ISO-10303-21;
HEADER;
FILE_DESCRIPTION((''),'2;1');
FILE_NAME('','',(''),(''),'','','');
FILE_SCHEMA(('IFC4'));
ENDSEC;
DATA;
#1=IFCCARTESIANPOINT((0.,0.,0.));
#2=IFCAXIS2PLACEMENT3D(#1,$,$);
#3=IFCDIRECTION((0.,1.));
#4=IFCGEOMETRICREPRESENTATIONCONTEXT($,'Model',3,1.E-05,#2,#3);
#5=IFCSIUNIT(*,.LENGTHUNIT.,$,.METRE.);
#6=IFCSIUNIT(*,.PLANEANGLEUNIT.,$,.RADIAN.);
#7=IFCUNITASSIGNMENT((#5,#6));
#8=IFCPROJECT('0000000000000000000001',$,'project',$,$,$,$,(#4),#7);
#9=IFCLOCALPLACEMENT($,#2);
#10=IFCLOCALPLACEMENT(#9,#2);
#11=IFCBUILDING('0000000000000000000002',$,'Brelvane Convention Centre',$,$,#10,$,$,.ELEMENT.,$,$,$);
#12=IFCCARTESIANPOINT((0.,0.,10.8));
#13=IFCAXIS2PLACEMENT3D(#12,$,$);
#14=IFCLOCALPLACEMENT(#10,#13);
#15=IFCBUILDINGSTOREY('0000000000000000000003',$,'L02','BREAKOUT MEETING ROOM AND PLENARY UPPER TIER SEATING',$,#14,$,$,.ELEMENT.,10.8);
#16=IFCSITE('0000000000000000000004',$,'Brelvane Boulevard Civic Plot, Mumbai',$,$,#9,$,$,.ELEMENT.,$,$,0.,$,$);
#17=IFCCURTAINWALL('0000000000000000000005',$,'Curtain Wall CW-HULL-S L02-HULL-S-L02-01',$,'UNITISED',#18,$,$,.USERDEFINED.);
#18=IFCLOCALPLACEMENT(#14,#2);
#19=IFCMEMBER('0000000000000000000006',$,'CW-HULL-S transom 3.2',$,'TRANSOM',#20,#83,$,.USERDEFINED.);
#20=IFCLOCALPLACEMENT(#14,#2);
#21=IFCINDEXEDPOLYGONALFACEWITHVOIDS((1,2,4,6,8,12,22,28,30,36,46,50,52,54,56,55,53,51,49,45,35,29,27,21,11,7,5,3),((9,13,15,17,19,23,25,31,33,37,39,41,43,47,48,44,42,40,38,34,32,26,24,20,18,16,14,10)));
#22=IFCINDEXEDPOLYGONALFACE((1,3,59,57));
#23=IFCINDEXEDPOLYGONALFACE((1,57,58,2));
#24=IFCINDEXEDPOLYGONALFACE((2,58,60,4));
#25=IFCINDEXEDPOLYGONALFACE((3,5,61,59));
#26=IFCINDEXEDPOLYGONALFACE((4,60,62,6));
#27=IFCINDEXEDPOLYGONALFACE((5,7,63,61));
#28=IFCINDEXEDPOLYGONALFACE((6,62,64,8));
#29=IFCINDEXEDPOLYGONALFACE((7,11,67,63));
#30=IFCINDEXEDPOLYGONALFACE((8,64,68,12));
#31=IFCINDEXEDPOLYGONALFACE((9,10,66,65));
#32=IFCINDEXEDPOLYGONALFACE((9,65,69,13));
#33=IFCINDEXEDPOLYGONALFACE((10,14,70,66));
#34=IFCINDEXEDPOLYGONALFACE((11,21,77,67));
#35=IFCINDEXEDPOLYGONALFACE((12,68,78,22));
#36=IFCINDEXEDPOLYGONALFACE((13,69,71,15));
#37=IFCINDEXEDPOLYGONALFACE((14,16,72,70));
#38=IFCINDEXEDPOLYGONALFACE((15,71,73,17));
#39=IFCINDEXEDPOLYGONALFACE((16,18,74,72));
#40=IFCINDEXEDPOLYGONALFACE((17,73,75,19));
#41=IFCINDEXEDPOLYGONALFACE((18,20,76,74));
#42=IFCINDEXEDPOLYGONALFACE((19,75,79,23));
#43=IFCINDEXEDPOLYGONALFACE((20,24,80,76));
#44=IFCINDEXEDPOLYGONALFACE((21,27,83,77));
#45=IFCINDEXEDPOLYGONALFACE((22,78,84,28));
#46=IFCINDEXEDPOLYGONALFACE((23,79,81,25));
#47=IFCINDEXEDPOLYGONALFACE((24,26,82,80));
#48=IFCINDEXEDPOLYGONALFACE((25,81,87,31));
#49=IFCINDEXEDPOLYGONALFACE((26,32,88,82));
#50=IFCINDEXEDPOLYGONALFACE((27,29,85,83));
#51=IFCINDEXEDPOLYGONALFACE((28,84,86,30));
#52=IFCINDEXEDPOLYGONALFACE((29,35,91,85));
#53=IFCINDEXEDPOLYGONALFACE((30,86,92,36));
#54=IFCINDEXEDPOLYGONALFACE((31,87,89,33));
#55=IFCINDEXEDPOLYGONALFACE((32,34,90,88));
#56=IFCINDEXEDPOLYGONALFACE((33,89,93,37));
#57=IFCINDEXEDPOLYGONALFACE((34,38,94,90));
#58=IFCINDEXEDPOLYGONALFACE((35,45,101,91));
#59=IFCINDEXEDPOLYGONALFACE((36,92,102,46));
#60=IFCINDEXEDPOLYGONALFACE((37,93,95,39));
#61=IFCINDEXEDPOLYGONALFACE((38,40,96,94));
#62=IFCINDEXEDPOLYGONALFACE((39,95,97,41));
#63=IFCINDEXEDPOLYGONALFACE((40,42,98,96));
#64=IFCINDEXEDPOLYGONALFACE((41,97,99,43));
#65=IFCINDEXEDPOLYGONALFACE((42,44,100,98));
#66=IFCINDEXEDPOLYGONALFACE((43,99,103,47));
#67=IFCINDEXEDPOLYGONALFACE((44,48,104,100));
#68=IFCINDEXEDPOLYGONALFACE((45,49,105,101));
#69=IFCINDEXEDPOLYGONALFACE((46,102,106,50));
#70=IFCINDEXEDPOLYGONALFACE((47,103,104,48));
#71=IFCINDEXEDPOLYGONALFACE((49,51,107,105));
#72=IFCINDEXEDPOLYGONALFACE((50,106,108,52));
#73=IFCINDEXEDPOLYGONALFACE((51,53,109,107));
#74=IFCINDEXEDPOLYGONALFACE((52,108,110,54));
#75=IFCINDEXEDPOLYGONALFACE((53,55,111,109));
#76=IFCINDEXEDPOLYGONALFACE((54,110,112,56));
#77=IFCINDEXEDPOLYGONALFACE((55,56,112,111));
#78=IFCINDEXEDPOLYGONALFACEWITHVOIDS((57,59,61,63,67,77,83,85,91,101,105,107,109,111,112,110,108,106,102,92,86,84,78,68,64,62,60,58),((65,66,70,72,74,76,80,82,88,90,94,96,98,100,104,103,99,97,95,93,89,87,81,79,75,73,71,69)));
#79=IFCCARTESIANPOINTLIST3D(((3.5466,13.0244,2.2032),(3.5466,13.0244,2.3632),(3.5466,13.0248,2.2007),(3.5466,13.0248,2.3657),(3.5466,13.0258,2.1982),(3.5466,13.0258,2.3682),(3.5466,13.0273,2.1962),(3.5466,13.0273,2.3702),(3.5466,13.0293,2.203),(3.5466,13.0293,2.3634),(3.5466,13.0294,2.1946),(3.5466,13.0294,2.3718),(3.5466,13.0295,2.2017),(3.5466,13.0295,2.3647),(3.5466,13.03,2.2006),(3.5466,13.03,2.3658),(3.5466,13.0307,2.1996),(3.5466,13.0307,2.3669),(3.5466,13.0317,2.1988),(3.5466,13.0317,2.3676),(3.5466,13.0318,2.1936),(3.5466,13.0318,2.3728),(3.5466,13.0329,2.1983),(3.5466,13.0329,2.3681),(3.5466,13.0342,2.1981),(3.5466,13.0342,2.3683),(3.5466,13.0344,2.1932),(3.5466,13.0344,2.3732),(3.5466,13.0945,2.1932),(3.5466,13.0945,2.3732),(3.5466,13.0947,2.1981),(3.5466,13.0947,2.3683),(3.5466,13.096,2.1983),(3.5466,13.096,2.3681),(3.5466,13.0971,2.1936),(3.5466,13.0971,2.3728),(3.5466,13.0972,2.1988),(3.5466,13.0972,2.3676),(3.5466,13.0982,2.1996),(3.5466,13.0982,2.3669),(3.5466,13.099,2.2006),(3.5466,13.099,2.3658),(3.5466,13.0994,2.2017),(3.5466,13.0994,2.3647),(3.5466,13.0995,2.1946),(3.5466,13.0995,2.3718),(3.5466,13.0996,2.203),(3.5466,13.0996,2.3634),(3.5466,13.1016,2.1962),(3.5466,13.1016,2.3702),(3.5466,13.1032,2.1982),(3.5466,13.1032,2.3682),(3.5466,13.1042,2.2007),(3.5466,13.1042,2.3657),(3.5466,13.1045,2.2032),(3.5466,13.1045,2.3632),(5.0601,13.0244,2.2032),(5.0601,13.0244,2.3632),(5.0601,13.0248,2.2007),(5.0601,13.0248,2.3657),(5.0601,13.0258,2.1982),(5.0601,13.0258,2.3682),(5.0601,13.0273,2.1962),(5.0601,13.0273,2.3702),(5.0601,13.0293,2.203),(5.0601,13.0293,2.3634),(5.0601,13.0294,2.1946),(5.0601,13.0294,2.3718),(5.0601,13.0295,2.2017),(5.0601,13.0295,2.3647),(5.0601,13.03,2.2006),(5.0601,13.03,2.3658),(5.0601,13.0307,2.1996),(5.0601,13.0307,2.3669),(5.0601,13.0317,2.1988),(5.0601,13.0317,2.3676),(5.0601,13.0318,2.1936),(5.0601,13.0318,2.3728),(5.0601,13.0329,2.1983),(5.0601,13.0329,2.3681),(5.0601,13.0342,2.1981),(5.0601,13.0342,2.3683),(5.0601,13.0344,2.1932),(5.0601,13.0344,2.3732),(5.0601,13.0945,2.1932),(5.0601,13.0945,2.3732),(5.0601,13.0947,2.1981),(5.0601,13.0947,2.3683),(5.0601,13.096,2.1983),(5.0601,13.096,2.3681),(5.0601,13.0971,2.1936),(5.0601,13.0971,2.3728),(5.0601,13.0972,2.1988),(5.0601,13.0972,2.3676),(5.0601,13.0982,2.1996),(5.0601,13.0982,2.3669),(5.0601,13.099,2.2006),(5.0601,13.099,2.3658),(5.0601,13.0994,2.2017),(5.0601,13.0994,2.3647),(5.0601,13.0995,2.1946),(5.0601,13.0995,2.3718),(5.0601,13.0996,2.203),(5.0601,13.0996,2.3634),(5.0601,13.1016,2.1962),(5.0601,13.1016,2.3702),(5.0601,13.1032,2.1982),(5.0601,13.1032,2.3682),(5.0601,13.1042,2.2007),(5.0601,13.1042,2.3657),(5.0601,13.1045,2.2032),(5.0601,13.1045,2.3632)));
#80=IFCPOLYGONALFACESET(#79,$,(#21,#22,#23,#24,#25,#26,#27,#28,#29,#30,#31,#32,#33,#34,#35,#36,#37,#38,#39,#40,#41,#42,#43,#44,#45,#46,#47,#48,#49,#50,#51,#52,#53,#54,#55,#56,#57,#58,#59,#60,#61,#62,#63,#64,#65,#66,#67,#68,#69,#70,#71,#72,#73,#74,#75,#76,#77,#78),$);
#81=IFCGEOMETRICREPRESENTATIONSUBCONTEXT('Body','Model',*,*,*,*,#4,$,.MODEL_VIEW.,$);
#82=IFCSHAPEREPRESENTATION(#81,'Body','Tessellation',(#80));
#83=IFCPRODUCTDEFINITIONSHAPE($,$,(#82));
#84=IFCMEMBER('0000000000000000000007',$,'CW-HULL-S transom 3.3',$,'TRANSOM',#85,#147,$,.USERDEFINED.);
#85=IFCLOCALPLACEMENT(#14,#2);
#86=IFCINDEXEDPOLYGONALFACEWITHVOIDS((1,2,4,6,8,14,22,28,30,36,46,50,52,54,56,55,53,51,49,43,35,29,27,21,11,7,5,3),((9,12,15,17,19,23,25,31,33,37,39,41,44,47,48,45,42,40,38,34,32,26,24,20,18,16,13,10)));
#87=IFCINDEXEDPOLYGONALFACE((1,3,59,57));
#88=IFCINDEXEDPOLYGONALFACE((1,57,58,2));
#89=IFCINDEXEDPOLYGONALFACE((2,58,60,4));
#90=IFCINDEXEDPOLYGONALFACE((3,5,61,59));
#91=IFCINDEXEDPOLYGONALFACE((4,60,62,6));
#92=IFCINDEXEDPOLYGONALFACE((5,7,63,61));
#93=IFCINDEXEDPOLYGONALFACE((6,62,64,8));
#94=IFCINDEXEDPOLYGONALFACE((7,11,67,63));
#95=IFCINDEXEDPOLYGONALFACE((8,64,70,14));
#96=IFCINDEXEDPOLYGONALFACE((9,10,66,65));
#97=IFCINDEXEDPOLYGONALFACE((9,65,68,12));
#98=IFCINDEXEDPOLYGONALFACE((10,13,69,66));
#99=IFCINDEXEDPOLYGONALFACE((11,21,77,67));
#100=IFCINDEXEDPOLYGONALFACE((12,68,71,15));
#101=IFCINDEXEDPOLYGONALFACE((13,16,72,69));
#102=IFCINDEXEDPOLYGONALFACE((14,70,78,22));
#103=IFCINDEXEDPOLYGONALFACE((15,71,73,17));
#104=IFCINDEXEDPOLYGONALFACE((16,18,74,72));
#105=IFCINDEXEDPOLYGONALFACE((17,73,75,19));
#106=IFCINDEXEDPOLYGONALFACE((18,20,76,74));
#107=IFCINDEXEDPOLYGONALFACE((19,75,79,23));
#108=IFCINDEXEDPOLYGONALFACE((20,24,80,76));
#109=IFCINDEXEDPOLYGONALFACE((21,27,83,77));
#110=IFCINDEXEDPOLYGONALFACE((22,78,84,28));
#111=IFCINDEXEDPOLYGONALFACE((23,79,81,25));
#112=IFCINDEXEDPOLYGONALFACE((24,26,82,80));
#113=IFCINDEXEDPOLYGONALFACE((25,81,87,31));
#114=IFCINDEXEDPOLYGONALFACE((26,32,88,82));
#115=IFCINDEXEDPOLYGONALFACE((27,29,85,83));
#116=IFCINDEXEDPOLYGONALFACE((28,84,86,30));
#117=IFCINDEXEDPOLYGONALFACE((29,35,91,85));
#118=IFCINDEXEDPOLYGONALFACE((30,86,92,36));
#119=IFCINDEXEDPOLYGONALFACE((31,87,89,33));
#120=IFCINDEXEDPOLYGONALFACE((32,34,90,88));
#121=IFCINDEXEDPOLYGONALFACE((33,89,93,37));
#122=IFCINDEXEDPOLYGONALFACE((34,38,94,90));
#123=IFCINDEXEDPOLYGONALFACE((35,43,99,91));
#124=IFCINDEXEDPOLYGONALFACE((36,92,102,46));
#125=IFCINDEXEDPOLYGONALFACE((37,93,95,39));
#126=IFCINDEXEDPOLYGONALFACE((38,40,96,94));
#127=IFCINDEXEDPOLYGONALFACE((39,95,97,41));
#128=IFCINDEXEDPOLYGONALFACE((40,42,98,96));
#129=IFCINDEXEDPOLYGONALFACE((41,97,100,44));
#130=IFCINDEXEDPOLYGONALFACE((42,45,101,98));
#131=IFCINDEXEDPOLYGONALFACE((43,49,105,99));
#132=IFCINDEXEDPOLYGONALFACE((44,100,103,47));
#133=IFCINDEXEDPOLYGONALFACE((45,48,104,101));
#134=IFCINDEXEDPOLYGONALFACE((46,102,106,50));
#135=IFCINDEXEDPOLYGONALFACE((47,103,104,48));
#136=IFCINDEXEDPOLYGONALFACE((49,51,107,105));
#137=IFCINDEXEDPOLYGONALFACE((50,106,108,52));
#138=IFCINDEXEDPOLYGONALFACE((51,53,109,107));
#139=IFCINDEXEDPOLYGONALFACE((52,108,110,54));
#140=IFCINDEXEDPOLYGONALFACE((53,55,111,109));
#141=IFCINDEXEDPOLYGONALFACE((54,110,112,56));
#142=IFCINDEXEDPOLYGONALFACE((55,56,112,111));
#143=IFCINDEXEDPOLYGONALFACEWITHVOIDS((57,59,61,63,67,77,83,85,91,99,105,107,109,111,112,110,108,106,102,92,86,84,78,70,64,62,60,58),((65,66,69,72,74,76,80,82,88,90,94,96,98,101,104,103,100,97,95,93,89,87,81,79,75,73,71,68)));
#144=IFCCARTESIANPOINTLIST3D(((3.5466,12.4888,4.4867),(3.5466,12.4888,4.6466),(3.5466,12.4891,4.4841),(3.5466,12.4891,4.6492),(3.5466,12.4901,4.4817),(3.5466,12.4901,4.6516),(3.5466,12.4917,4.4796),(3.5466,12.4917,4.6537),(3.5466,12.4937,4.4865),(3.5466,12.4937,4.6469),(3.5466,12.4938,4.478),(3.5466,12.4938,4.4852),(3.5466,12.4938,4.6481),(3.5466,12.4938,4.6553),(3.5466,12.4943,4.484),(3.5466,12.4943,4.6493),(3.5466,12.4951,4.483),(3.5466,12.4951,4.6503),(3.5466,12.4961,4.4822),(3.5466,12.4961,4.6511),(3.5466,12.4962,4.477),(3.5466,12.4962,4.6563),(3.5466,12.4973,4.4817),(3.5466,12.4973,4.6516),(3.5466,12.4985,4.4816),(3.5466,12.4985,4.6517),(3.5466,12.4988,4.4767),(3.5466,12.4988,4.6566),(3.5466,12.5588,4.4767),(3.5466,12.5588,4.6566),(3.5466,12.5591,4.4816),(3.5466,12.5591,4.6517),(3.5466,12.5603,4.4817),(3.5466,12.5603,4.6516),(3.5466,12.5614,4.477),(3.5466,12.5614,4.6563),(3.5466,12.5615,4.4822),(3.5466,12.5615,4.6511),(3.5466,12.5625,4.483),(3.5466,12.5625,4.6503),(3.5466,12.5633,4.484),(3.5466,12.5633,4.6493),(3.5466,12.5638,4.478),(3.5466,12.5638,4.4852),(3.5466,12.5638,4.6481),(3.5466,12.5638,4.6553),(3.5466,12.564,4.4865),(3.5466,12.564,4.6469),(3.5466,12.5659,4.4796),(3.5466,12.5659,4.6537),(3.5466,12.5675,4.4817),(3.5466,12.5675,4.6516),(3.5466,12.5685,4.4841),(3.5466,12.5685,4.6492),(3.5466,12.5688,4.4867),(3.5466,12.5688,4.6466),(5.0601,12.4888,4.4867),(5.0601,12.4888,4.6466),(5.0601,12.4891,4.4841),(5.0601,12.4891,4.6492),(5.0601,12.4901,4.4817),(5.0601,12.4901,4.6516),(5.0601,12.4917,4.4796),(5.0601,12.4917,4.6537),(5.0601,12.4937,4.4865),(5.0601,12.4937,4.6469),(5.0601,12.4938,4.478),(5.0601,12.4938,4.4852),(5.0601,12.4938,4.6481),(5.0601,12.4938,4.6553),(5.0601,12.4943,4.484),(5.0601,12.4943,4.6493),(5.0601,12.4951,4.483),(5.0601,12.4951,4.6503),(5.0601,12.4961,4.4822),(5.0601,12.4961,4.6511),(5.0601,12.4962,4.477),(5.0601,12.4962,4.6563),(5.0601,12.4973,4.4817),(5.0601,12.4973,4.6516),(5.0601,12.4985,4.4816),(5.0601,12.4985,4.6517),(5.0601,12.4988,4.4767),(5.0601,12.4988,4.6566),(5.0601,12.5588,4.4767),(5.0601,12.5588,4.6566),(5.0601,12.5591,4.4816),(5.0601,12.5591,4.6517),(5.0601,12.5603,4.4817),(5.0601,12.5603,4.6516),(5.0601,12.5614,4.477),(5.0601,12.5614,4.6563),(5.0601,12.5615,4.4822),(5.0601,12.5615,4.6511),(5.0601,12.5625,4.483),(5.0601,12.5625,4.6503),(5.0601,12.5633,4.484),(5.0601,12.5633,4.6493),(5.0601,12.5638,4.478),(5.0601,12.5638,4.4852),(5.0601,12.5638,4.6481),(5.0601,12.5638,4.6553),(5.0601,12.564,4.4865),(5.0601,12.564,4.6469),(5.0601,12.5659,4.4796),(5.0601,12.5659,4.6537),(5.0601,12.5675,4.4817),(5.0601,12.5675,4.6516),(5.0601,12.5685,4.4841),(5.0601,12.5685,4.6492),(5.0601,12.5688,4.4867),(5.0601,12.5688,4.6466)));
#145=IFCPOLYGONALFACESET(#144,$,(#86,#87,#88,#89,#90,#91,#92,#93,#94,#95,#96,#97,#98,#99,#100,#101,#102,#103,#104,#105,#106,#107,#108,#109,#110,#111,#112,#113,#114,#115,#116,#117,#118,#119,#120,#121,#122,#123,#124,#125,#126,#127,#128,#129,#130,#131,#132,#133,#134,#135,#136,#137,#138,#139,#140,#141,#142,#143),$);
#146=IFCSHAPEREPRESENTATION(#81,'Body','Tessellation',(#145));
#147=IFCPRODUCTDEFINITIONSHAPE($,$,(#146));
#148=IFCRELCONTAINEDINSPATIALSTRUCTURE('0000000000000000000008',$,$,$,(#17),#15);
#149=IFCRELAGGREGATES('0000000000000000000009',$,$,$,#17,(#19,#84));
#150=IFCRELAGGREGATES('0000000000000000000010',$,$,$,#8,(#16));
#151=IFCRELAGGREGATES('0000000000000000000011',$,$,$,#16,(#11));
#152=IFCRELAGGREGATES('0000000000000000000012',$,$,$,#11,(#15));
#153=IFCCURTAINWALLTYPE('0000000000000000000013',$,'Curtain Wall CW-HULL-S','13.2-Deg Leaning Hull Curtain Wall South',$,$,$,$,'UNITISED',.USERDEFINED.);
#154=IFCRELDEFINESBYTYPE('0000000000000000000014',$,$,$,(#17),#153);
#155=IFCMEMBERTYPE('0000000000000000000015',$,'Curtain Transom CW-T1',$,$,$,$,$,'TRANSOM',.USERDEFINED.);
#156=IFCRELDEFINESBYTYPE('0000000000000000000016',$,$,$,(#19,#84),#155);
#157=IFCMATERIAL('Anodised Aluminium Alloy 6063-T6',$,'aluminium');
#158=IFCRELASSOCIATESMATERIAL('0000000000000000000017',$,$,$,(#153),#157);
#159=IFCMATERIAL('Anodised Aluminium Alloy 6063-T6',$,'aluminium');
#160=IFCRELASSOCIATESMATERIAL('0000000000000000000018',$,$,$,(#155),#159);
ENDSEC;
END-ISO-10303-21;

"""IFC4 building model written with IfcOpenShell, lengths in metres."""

from ifc_helpers import new_model, si_unit, direction, frame, origin, origin_2d, place, context, subcontext, project, spatial, hollow_rectangle, extrude, material, material_profile, profile_set, type_object, element, aggregate, save


model = new_model("IFC4")

# Units and contexts
model_context = context("Model", 3, precision=1e-05, world=origin(), true_north=direction((0.0, 1.0)))
body_context = subcontext(model_context, "Body", "Model", "MODEL_VIEW")
ifc_project = project(units=[si_unit("LENGTHUNIT", "METRE"), si_unit("PLANEANGLEUNIT", "RADIAN")], contexts=[model_context])

# Site, building, storey
site_placement = place(None, origin())
site = spatial("IfcSite", under=ifc_project, at=site_placement, Name="Brelvane Boulevard Civic Plot, Mumbai", CompositionType="ELEMENT", RefElevation=0.0)
building_placement = place(site_placement, origin())
building = spatial("IfcBuilding", under=site, at=building_placement, Name="Brelvane Convention Centre", CompositionType="ELEMENT")
storey_placement = place(building_placement, frame((0.0, 0.0, 10.8)))
storey = spatial("IfcBuildingStorey", under=building, at=storey_placement, Name="L02", Description="BREAKOUT MEETING ROOM AND PLENARY UPPER TIER SEATING", CompositionType="ELEMENT", Elevation=10.8)

# Curtain wall, members
ifc_material_1 = material(Name="Anodised Aluminium Alloy 6063-T6", Category="aluminium")
curtain_wall_type = type_object("IfcCurtainWallType", Name="Curtain Wall CW-HULL-S", Description="13.2-Deg Leaning Hull Curtain Wall South", ElementType="UNITISED", PredefinedType="USERDEFINED", material=ifc_material_1)
curtain_wall_placement = place(storey_placement, origin())
curtain_wall = element("IfcCurtainWall", 1, at=curtain_wall_placement, inside=storey, type_object=curtain_wall_type, Name="Curtain Wall CW-HULL-S L02-HULL-S-L02-01", ObjectType="UNITISED", PredefinedType="USERDEFINED")
ifc_material_2 = material(Name="Anodised Aluminium Alloy 6063-T6", Category="aluminium")
ifc_material_profile = material_profile(ifc_material_2, hollow_rectangle(XDim=0.0801, YDim=0.1799, WallThickness=0.0049, InnerFilletRadius=0.0049, OuterFilletRadius=0.01, at=origin_2d()), Name="ALU-T 180x80x5.0")
ifc_profile_set = profile_set([ifc_material_profile], Name="Anodised Aluminium Alloy 6063-T6")
member_type = type_object("IfcMemberType", Name="Curtain Transom CW-T1", ElementType="TRANSOM", PredefinedType="USERDEFINED", material=ifc_profile_set)
member_1_placement = place(storey_placement, frame((3.5466, 13.0645, 2.2832), z_axis=(1.0, 0.0, 0.0), x_axis=(0.0, 1.0, 0.0)))
member_1 = element("IfcMember", 2, at=member_1_placement, type_object=member_type, Name="CW-HULL-S transom 3.2", ObjectType="TRANSOM", PredefinedType="USERDEFINED", context=body_context, shape_type="SweptSolid", body=[
    extrude(hollow_rectangle(XDim=0.0801, YDim=0.1799, WallThickness=0.0049, InnerFilletRadius=0.0049, OuterFilletRadius=0.01, at=origin_2d()), origin(), (0.0, 0.0, 1.0), 1.5134),
])
member_2_placement = place(storey_placement, frame((3.5466, 12.5288, 4.5667), z_axis=(1.0, 0.0, 0.0), x_axis=(0.0, 1.0, 0.0)))
member_2 = element("IfcMember", 3, at=member_2_placement, type_object=member_type, Name="CW-HULL-S transom 3.3", ObjectType="TRANSOM", PredefinedType="USERDEFINED", context=body_context, shape_type="SweptSolid", body=[
    extrude(hollow_rectangle(XDim=0.0801, YDim=0.1799, WallThickness=0.0049, InnerFilletRadius=0.0049, OuterFilletRadius=0.01, at=origin_2d()), origin(), (0.0, 0.0, 1.0), 1.5134),
])
aggregate(curtain_wall, [member_1, member_2])

save(model, "model.ifc")
